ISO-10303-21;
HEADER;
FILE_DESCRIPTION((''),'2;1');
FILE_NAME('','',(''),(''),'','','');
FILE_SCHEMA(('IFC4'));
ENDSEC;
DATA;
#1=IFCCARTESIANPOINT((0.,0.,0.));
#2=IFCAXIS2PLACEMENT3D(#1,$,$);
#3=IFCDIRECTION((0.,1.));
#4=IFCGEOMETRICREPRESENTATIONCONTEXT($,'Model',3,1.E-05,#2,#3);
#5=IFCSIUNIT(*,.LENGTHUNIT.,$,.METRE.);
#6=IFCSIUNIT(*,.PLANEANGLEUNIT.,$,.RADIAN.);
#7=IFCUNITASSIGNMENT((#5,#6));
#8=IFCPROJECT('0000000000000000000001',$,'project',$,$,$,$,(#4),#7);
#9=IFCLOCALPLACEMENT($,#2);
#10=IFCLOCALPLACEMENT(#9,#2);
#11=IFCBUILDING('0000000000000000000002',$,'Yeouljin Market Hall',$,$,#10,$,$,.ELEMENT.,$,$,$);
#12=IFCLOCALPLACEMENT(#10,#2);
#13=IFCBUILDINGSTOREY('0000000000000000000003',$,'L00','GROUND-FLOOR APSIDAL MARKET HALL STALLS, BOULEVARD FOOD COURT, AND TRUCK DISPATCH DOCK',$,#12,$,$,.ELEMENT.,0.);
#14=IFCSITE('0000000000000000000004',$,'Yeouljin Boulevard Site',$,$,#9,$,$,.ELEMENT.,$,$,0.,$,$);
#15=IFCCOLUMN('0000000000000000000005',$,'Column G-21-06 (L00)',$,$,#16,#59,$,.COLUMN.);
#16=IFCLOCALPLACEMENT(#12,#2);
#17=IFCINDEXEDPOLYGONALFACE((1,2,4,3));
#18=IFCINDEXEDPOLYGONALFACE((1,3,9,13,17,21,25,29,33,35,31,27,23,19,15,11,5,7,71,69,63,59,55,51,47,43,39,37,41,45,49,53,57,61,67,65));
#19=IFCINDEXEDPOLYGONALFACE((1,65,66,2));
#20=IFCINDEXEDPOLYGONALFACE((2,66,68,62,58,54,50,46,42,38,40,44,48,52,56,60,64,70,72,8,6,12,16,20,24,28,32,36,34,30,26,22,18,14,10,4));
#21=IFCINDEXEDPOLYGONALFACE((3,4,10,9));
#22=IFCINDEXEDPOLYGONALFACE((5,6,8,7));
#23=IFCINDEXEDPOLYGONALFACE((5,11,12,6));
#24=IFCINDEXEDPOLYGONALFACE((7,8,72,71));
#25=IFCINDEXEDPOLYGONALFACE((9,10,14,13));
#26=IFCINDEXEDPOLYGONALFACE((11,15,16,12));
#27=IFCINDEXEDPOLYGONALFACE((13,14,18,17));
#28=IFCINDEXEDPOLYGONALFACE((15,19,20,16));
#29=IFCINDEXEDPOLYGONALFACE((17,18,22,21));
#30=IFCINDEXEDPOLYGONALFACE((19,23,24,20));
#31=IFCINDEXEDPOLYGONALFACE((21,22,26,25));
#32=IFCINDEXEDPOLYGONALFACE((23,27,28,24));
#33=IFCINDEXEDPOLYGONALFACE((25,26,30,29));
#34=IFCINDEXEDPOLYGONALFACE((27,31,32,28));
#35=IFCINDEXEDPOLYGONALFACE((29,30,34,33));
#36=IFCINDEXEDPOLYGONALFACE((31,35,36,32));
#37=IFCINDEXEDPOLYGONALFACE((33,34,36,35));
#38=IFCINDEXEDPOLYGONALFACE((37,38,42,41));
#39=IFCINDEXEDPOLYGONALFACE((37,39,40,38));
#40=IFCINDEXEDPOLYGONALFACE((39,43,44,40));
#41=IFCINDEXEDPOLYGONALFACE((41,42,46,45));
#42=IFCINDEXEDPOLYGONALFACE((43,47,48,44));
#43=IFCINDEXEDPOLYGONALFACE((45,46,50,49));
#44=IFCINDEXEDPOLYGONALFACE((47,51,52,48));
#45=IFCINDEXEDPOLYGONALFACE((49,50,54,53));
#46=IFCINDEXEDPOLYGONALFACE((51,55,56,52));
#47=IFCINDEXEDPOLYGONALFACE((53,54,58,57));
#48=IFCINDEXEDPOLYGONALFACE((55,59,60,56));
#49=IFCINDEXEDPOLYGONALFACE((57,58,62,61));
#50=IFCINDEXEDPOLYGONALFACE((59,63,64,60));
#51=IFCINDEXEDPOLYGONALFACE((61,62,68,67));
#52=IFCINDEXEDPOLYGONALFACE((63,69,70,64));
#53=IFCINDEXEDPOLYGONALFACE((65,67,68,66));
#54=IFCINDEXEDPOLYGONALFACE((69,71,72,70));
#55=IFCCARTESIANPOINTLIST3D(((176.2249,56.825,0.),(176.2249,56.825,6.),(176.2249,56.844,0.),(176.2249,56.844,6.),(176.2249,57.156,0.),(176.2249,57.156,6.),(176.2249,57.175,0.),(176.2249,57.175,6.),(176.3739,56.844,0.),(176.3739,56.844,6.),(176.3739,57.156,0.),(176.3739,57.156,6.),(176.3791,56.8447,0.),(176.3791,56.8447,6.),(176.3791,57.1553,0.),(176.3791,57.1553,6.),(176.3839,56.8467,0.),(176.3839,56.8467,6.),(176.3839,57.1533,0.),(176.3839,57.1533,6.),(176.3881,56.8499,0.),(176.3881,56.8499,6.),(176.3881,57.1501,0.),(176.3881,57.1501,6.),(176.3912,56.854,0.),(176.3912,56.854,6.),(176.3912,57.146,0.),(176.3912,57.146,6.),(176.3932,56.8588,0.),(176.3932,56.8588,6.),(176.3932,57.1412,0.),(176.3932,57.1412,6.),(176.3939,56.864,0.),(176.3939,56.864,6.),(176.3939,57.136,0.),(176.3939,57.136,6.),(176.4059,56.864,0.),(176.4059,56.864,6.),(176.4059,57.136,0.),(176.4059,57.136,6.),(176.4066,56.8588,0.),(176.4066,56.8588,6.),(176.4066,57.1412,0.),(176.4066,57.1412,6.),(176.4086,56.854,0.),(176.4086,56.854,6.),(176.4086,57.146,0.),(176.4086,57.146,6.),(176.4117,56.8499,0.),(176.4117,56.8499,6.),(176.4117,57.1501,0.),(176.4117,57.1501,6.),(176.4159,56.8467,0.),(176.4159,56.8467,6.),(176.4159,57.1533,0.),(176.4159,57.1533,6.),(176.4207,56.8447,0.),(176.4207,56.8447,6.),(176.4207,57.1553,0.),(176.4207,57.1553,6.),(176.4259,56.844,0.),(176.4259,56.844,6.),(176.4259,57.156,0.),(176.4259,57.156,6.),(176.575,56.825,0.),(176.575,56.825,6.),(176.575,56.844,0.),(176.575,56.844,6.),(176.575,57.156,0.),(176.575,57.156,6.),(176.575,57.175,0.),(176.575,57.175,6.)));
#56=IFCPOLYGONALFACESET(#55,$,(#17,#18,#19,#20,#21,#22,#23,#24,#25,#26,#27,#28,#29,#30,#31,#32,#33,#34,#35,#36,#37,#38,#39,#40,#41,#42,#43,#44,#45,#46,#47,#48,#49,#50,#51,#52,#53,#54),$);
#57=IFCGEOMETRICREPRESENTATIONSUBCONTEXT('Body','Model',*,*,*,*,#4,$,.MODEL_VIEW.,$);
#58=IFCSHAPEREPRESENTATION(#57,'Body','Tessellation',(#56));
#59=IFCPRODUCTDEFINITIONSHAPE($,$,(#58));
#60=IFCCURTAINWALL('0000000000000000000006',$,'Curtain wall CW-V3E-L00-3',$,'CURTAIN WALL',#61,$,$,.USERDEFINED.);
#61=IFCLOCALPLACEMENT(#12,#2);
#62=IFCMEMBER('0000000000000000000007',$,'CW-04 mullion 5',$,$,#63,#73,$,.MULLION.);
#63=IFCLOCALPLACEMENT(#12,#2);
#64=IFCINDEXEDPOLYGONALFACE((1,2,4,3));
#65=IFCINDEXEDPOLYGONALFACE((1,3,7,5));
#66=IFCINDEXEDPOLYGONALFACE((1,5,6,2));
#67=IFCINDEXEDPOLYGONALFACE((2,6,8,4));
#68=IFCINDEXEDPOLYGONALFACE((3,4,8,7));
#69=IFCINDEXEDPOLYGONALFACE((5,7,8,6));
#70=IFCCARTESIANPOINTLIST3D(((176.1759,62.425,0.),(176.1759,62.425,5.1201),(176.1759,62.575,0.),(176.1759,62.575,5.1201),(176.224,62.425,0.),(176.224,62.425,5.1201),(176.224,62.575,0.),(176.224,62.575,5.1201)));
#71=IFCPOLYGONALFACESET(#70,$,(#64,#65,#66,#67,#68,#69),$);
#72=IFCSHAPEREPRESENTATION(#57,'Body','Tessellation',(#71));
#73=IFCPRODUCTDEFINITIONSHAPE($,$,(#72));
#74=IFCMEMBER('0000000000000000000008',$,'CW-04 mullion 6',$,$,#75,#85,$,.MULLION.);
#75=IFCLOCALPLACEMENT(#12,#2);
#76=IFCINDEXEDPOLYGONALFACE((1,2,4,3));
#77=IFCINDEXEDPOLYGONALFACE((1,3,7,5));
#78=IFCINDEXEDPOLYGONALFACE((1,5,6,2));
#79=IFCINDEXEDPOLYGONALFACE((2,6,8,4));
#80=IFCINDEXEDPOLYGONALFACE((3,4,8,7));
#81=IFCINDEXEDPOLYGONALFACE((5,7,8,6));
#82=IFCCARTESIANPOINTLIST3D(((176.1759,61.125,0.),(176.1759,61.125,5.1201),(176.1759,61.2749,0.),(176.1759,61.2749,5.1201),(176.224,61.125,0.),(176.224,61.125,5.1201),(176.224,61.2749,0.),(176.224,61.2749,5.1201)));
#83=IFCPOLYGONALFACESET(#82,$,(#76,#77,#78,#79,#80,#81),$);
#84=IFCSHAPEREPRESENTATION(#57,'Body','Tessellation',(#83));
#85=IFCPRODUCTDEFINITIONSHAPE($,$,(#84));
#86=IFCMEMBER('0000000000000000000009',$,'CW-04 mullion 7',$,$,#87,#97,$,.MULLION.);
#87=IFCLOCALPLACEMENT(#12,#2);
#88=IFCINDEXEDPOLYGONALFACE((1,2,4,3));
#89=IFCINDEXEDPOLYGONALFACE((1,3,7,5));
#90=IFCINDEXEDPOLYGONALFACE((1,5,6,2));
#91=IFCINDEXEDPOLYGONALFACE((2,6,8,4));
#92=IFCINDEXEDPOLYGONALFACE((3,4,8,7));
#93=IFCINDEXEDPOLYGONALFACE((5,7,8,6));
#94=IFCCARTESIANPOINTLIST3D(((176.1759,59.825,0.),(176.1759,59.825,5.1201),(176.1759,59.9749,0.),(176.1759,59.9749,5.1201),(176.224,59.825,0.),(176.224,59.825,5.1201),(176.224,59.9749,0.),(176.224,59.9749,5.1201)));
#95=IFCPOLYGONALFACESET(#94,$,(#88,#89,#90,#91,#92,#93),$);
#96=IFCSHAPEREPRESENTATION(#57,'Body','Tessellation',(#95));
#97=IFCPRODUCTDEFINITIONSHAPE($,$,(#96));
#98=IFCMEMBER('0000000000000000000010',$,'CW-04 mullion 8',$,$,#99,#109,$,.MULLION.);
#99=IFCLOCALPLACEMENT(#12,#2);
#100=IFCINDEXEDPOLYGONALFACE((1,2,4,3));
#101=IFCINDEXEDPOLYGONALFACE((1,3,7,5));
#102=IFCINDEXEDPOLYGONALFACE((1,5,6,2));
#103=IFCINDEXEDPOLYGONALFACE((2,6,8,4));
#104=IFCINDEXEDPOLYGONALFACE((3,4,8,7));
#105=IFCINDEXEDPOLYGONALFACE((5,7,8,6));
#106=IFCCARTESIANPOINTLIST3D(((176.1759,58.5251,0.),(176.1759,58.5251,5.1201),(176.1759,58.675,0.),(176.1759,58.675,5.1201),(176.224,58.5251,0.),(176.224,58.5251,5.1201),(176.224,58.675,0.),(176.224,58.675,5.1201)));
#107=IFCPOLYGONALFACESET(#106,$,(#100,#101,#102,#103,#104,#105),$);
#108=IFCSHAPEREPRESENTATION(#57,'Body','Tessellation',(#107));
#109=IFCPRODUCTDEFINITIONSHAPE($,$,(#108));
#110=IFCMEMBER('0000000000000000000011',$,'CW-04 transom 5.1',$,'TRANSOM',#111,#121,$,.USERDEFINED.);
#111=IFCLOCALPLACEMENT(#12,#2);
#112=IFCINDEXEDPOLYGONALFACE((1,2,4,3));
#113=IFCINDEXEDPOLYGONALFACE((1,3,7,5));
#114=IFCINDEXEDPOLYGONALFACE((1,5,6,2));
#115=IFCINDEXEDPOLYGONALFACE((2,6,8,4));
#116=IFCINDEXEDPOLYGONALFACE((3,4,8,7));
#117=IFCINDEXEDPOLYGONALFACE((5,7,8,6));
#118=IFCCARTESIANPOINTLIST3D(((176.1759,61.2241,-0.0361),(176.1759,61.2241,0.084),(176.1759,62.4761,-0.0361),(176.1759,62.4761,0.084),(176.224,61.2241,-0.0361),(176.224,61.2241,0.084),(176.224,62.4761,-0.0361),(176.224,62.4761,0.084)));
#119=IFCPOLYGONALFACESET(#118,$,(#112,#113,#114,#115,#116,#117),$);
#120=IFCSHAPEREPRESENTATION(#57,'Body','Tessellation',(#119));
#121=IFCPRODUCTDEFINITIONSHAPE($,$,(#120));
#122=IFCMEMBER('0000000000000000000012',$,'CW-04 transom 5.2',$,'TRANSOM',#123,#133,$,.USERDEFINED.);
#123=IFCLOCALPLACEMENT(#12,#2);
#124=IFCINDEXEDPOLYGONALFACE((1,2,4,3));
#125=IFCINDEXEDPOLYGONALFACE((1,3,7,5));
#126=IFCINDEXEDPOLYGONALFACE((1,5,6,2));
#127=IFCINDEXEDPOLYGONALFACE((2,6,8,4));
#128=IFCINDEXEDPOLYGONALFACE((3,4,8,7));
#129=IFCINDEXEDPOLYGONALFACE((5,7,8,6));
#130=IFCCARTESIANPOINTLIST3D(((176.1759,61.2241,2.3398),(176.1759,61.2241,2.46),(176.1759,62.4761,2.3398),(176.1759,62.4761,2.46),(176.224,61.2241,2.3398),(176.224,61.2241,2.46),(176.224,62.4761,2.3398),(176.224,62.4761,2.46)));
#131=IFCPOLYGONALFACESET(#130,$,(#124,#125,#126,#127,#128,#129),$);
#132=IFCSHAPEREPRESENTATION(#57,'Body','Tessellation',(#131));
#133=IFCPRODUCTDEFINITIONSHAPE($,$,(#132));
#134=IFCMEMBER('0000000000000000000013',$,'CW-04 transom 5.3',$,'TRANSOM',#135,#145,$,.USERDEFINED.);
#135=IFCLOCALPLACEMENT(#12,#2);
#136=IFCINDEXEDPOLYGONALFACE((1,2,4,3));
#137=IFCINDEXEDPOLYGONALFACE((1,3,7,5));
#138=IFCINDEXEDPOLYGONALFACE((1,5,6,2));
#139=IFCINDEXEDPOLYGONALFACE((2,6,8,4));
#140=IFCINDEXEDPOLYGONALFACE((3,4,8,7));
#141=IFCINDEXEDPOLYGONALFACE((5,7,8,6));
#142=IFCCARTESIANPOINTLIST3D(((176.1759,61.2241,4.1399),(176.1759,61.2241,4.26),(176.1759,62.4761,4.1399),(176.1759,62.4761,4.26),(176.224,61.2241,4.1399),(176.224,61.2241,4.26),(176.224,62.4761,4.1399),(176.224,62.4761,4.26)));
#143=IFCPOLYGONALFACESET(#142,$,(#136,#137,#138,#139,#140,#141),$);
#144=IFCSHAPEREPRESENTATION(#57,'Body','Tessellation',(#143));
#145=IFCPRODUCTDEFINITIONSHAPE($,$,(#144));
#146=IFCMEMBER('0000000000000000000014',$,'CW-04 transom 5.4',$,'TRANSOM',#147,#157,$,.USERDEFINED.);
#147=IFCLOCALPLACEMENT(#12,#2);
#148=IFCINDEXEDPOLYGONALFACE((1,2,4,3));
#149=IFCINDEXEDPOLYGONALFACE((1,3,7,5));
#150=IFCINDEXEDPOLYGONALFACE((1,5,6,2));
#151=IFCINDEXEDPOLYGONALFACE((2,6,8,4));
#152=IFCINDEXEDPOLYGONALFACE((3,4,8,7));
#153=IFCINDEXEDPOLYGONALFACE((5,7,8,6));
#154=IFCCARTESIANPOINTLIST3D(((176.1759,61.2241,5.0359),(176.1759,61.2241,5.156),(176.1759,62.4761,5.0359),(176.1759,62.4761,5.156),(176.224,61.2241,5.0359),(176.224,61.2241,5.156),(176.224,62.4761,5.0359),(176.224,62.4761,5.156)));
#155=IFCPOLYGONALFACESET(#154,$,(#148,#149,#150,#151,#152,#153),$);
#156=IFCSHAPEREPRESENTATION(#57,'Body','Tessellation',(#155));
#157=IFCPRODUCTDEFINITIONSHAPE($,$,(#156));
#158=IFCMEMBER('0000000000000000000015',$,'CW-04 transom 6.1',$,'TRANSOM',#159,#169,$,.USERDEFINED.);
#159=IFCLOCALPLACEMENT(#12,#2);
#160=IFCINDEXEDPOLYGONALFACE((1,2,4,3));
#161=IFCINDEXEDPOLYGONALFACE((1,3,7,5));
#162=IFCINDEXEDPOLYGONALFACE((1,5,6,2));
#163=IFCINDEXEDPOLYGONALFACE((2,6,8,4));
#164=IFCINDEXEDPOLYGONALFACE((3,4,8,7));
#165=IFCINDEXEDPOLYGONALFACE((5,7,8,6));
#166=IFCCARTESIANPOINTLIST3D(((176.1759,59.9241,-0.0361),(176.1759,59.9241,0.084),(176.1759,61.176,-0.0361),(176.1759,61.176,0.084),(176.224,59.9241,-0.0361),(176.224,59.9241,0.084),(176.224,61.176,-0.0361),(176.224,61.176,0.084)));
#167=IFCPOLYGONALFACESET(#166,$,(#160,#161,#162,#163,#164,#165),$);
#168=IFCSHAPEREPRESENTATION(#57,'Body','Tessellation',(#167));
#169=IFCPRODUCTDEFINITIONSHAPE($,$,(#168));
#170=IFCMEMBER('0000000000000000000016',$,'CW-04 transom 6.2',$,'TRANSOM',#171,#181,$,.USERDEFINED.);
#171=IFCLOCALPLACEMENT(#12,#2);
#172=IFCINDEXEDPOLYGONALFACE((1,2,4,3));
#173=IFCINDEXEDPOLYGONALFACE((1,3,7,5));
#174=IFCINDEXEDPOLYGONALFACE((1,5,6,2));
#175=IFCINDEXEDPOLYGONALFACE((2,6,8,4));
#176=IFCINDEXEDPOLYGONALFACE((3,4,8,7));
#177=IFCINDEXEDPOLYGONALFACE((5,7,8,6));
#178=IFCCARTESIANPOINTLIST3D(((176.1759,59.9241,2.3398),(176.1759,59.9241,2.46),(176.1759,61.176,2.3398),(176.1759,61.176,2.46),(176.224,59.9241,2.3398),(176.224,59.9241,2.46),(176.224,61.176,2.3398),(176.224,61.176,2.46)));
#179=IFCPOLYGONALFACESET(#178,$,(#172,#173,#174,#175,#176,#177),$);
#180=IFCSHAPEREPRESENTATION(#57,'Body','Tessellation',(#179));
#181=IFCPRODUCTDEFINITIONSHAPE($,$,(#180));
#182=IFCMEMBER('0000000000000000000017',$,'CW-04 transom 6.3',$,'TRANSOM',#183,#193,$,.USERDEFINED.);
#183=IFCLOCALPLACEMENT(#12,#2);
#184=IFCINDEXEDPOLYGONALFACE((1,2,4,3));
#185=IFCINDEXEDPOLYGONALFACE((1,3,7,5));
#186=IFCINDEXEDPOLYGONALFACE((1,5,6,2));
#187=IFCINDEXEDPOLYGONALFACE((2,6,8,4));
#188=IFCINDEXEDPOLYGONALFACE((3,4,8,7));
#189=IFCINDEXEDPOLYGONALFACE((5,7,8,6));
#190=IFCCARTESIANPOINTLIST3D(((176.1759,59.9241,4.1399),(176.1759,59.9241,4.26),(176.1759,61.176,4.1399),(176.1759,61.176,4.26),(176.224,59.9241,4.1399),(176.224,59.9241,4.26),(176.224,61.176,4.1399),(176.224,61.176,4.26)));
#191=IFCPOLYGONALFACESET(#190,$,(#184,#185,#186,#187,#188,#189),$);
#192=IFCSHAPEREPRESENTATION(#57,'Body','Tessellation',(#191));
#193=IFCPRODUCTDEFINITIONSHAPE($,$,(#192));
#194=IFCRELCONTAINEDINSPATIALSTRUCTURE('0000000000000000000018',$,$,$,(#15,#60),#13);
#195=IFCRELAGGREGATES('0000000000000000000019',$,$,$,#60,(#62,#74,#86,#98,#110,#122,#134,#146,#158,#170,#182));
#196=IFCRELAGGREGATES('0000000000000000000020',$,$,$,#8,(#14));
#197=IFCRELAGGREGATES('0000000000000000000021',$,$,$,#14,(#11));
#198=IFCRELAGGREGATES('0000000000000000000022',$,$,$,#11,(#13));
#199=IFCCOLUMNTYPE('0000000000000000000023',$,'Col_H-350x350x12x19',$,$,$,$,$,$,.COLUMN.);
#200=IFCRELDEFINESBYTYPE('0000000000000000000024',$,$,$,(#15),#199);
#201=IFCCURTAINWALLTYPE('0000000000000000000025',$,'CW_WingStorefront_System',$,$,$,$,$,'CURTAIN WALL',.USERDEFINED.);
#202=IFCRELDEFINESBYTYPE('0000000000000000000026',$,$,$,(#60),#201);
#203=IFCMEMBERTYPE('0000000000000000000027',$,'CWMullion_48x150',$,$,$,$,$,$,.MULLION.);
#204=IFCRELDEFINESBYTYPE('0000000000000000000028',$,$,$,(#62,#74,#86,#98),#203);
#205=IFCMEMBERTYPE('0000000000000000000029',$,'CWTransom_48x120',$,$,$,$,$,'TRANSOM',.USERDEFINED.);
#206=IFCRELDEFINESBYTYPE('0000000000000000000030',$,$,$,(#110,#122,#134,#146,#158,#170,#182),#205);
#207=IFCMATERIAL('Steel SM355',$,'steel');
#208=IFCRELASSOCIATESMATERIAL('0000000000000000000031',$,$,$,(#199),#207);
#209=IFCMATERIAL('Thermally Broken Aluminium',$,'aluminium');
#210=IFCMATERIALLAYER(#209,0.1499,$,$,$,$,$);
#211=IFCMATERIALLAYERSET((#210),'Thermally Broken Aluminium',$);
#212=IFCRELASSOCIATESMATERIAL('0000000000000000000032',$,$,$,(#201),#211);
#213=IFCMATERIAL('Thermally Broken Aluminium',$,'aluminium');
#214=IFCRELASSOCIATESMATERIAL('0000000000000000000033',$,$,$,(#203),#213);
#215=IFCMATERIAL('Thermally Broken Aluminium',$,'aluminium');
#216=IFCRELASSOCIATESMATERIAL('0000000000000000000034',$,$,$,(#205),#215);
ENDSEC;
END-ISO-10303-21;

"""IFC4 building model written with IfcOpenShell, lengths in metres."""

from ifc_helpers import new_model, si_unit, direction, frame, origin, origin_2d, place, context, subcontext, project, spatial, rectangle, i_section, extrude, material, layer, layer_set, material_profile, profile_set, type_object, element, aggregate, save


model = new_model("IFC4")

# Units and contexts
model_context = context("Model", 3, precision=1e-05, world=origin(), true_north=direction((0.0, 1.0)))
body_context = subcontext(model_context, "Body", "Model", "MODEL_VIEW")
ifc_project = project(units=[si_unit("LENGTHUNIT", "METRE"), si_unit("PLANEANGLEUNIT", "RADIAN")], contexts=[model_context])

# Site, building, storey
site_placement = place(None, origin())
site = spatial("IfcSite", under=ifc_project, at=site_placement, Name="Yeouljin Boulevard Site", CompositionType="ELEMENT", RefElevation=0.0)
building_placement = place(site_placement, origin())
building = spatial("IfcBuilding", under=site, at=building_placement, Name="Yeouljin Market Hall", CompositionType="ELEMENT")
storey_placement = place(building_placement, origin())
storey = spatial("IfcBuildingStorey", under=building, at=storey_placement, Name="L00", Description="GROUND-FLOOR APSIDAL MARKET HALL STALLS, BOULEVARD FOOD COURT, AND TRUCK DISPATCH DOCK", CompositionType="ELEMENT", Elevation=0.0)

# Column
ifc_material_1 = material(Name="Steel SM355", Category="steel")
ifc_material_profile_1 = material_profile(ifc_material_1, i_section(OverallWidth=0.3501, OverallDepth=0.3501, WebThickness=0.012, FlangeThickness=0.019, FilletRadius=0.02, at=origin_2d()), Name="H-350x350x12x19")
ifc_profile_set_1 = profile_set([ifc_material_profile_1], Name="Steel SM355")
column_type = type_object("IfcColumnType", Name="Col_H-350x350x12x19", PredefinedType="COLUMN", material=ifc_profile_set_1)
column_placement = place(storey_placement, frame((176.3999, 57.0, 0.0), z_axis=(0.0, 0.0, 1.0), x_axis=(1.0, 0.0, 0.0)))
element("IfcColumn", 1, at=column_placement, inside=storey, type_object=column_type, Name="Column G-21-06 (L00)", PredefinedType="COLUMN", context=body_context, shape_type="SweptSolid", body=[
    extrude(i_section(OverallWidth=0.3501, OverallDepth=0.3501, WebThickness=0.012, FlangeThickness=0.019, FilletRadius=0.02, at=origin_2d()), origin(), (0.0, 0.0, 1.0), 6.0),
])

# Curtain wall, members
ifc_material_2 = material(Name="Thermally Broken Aluminium", Category="aluminium")
ifc_layer_1 = layer(ifc_material_2, 0.1499)
ifc_layer_set_1 = layer_set([ifc_layer_1], Name="Thermally Broken Aluminium")
curtain_wall_type = type_object("IfcCurtainWallType", Name="CW_WingStorefront_System", ElementType="CURTAIN WALL", PredefinedType="USERDEFINED", material=ifc_layer_set_1)
curtain_wall_placement = place(storey_placement, origin())
curtain_wall = element("IfcCurtainWall", 2, at=curtain_wall_placement, inside=storey, type_object=curtain_wall_type, Name="Curtain wall CW-V3E-L00-3", ObjectType="CURTAIN WALL", PredefinedType="USERDEFINED")
ifc_material_3 = material(Name="Thermally Broken Aluminium", Category="aluminium")
ifc_material_profile_2 = material_profile(ifc_material_3, rectangle(XDim=0.0481, YDim=0.1499, at=origin_2d()), Name="CW-MULL-48x150")
ifc_profile_set_2 = profile_set([ifc_material_profile_2], Name="Thermally Broken Aluminium")
member_type_1 = type_object("IfcMemberType", Name="CWMullion_48x150", PredefinedType="MULLION", material=ifc_profile_set_2)
member_1_placement = place(storey_placement, frame((176.2, 62.5, 0.0), z_axis=(0.0, 0.0, 1.0), x_axis=(1.0, 0.0, 0.0)))
member_1 = element("IfcMember", 3, at=member_1_placement, type_object=member_type_1, Name="CW-04 mullion 5", PredefinedType="MULLION", context=body_context, shape_type="SweptSolid", body=[
    extrude(rectangle(XDim=0.0481, YDim=0.1499, at=origin_2d()), origin(), (0.0, 0.0, 1.0), 5.1201),
])
member_2_placement = place(storey_placement, frame((176.2, 61.2, 0.0), z_axis=(0.0, 0.0, 1.0), x_axis=(1.0, 0.0, 0.0)))
member_2 = element("IfcMember", 4, at=member_2_placement, type_object=member_type_1, Name="CW-04 mullion 6", PredefinedType="MULLION", context=body_context, shape_type="SweptSolid", body=[
    extrude(rectangle(XDim=0.0481, YDim=0.1499, at=origin_2d()), origin(), (0.0, 0.0, 1.0), 5.1201),
])
member_3_placement = place(storey_placement, frame((176.2, 59.8999, 0.0), z_axis=(0.0, 0.0, 1.0), x_axis=(1.0, 0.0, 0.0)))
member_3 = element("IfcMember", 5, at=member_3_placement, type_object=member_type_1, Name="CW-04 mullion 7", PredefinedType="MULLION", context=body_context, shape_type="SweptSolid", body=[
    extrude(rectangle(XDim=0.0481, YDim=0.1499, at=origin_2d()), origin(), (0.0, 0.0, 1.0), 5.1201),
])
member_4_placement = place(storey_placement, frame((176.2, 58.6001, 0.0), z_axis=(0.0, 0.0, 1.0), x_axis=(1.0, 0.0, 0.0)))
member_4 = element("IfcMember", 6, at=member_4_placement, type_object=member_type_1, Name="CW-04 mullion 8", PredefinedType="MULLION", context=body_context, shape_type="SweptSolid", body=[
    extrude(rectangle(XDim=0.0481, YDim=0.1499, at=origin_2d()), origin(), (0.0, 0.0, 1.0), 5.1201),
])
ifc_material_4 = material(Name="Thermally Broken Aluminium", Category="aluminium")
ifc_material_profile_3 = material_profile(ifc_material_4, rectangle(XDim=0.0481, YDim=0.1201, at=origin_2d()), Name="CW-TRAN-48x120")
ifc_profile_set_3 = profile_set([ifc_material_profile_3], Name="Thermally Broken Aluminium")
member_type_2 = type_object("IfcMemberType", Name="CWTransom_48x120", ElementType="TRANSOM", PredefinedType="USERDEFINED", material=ifc_profile_set_3)
member_5_placement = place(storey_placement, frame((176.2, 62.4761, 0.0239), z_axis=(0.0, -1.0, 0.0), x_axis=(1.0, 0.0, 0.0)))
member_5 = element("IfcMember", 7, at=member_5_placement, type_object=member_type_2, Name="CW-04 transom 5.1", ObjectType="TRANSOM", PredefinedType="USERDEFINED", context=body_context, shape_type="SweptSolid", body=[
    extrude(rectangle(XDim=0.0481, YDim=0.1201, at=origin_2d()), origin(), (0.0, 0.0, 1.0), 1.252),
])
member_6_placement = place(storey_placement, frame((176.2, 62.4761, 2.3999), z_axis=(0.0, -1.0, 0.0), x_axis=(1.0, 0.0, 0.0)))
member_6 = element("IfcMember", 8, at=member_6_placement, type_object=member_type_2, Name="CW-04 transom 5.2", ObjectType="TRANSOM", PredefinedType="USERDEFINED", context=body_context, shape_type="SweptSolid", body=[
    extrude(rectangle(XDim=0.0481, YDim=0.1201, at=origin_2d()), origin(), (0.0, 0.0, 1.0), 1.252),
])
member_7_placement = place(storey_placement, frame((176.2, 62.4761, 4.2), z_axis=(0.0, -1.0, 0.0), x_axis=(1.0, 0.0, 0.0)))
member_7 = element("IfcMember", 9, at=member_7_placement, type_object=member_type_2, Name="CW-04 transom 5.3", ObjectType="TRANSOM", PredefinedType="USERDEFINED", context=body_context, shape_type="SweptSolid", body=[
    extrude(rectangle(XDim=0.0481, YDim=0.1201, at=origin_2d()), origin(), (0.0, 0.0, 1.0), 1.252),
])
member_8_placement = place(storey_placement, frame((176.2, 62.4761, 5.0959), z_axis=(0.0, -1.0, 0.0), x_axis=(1.0, 0.0, 0.0)))
member_8 = element("IfcMember", 10, at=member_8_placement, type_object=member_type_2, Name="CW-04 transom 5.4", ObjectType="TRANSOM", PredefinedType="USERDEFINED", context=body_context, shape_type="SweptSolid", body=[
    extrude(rectangle(XDim=0.0481, YDim=0.1201, at=origin_2d()), origin(), (0.0, 0.0, 1.0), 1.252),
])
member_9_placement = place(storey_placement, frame((176.2, 61.176, 0.0239), z_axis=(0.0, -1.0, 0.0), x_axis=(1.0, 0.0, 0.0)))
member_9 = element("IfcMember", 11, at=member_9_placement, type_object=member_type_2, Name="CW-04 transom 6.1", ObjectType="TRANSOM", PredefinedType="USERDEFINED", context=body_context, shape_type="SweptSolid", body=[
    extrude(rectangle(XDim=0.0481, YDim=0.1201, at=origin_2d()), origin(), (0.0, 0.0, 1.0), 1.252),
])
member_10_placement = place(storey_placement, frame((176.2, 61.176, 2.3999), z_axis=(0.0, -1.0, 0.0), x_axis=(1.0, 0.0, 0.0)))
member_10 = element("IfcMember", 12, at=member_10_placement, type_object=member_type_2, Name="CW-04 transom 6.2", ObjectType="TRANSOM", PredefinedType="USERDEFINED", context=body_context, shape_type="SweptSolid", body=[
    extrude(rectangle(XDim=0.0481, YDim=0.1201, at=origin_2d()), origin(), (0.0, 0.0, 1.0), 1.252),
])
member_11_placement = place(storey_placement, frame((176.2, 61.176, 4.2), z_axis=(0.0, -1.0, 0.0), x_axis=(1.0, 0.0, 0.0)))
member_11 = element("IfcMember", 13, at=member_11_placement, type_object=member_type_2, Name="CW-04 transom 6.3", ObjectType="TRANSOM", PredefinedType="USERDEFINED", context=body_context, shape_type="SweptSolid", body=[
    extrude(rectangle(XDim=0.0481, YDim=0.1201, at=origin_2d()), origin(), (0.0, 0.0, 1.0), 1.252),
])
aggregate(curtain_wall, [member_1, member_2, member_3, member_4, member_5, member_6, member_7, member_8, member_9, member_10, member_11])

save(model, "model.ifc")
